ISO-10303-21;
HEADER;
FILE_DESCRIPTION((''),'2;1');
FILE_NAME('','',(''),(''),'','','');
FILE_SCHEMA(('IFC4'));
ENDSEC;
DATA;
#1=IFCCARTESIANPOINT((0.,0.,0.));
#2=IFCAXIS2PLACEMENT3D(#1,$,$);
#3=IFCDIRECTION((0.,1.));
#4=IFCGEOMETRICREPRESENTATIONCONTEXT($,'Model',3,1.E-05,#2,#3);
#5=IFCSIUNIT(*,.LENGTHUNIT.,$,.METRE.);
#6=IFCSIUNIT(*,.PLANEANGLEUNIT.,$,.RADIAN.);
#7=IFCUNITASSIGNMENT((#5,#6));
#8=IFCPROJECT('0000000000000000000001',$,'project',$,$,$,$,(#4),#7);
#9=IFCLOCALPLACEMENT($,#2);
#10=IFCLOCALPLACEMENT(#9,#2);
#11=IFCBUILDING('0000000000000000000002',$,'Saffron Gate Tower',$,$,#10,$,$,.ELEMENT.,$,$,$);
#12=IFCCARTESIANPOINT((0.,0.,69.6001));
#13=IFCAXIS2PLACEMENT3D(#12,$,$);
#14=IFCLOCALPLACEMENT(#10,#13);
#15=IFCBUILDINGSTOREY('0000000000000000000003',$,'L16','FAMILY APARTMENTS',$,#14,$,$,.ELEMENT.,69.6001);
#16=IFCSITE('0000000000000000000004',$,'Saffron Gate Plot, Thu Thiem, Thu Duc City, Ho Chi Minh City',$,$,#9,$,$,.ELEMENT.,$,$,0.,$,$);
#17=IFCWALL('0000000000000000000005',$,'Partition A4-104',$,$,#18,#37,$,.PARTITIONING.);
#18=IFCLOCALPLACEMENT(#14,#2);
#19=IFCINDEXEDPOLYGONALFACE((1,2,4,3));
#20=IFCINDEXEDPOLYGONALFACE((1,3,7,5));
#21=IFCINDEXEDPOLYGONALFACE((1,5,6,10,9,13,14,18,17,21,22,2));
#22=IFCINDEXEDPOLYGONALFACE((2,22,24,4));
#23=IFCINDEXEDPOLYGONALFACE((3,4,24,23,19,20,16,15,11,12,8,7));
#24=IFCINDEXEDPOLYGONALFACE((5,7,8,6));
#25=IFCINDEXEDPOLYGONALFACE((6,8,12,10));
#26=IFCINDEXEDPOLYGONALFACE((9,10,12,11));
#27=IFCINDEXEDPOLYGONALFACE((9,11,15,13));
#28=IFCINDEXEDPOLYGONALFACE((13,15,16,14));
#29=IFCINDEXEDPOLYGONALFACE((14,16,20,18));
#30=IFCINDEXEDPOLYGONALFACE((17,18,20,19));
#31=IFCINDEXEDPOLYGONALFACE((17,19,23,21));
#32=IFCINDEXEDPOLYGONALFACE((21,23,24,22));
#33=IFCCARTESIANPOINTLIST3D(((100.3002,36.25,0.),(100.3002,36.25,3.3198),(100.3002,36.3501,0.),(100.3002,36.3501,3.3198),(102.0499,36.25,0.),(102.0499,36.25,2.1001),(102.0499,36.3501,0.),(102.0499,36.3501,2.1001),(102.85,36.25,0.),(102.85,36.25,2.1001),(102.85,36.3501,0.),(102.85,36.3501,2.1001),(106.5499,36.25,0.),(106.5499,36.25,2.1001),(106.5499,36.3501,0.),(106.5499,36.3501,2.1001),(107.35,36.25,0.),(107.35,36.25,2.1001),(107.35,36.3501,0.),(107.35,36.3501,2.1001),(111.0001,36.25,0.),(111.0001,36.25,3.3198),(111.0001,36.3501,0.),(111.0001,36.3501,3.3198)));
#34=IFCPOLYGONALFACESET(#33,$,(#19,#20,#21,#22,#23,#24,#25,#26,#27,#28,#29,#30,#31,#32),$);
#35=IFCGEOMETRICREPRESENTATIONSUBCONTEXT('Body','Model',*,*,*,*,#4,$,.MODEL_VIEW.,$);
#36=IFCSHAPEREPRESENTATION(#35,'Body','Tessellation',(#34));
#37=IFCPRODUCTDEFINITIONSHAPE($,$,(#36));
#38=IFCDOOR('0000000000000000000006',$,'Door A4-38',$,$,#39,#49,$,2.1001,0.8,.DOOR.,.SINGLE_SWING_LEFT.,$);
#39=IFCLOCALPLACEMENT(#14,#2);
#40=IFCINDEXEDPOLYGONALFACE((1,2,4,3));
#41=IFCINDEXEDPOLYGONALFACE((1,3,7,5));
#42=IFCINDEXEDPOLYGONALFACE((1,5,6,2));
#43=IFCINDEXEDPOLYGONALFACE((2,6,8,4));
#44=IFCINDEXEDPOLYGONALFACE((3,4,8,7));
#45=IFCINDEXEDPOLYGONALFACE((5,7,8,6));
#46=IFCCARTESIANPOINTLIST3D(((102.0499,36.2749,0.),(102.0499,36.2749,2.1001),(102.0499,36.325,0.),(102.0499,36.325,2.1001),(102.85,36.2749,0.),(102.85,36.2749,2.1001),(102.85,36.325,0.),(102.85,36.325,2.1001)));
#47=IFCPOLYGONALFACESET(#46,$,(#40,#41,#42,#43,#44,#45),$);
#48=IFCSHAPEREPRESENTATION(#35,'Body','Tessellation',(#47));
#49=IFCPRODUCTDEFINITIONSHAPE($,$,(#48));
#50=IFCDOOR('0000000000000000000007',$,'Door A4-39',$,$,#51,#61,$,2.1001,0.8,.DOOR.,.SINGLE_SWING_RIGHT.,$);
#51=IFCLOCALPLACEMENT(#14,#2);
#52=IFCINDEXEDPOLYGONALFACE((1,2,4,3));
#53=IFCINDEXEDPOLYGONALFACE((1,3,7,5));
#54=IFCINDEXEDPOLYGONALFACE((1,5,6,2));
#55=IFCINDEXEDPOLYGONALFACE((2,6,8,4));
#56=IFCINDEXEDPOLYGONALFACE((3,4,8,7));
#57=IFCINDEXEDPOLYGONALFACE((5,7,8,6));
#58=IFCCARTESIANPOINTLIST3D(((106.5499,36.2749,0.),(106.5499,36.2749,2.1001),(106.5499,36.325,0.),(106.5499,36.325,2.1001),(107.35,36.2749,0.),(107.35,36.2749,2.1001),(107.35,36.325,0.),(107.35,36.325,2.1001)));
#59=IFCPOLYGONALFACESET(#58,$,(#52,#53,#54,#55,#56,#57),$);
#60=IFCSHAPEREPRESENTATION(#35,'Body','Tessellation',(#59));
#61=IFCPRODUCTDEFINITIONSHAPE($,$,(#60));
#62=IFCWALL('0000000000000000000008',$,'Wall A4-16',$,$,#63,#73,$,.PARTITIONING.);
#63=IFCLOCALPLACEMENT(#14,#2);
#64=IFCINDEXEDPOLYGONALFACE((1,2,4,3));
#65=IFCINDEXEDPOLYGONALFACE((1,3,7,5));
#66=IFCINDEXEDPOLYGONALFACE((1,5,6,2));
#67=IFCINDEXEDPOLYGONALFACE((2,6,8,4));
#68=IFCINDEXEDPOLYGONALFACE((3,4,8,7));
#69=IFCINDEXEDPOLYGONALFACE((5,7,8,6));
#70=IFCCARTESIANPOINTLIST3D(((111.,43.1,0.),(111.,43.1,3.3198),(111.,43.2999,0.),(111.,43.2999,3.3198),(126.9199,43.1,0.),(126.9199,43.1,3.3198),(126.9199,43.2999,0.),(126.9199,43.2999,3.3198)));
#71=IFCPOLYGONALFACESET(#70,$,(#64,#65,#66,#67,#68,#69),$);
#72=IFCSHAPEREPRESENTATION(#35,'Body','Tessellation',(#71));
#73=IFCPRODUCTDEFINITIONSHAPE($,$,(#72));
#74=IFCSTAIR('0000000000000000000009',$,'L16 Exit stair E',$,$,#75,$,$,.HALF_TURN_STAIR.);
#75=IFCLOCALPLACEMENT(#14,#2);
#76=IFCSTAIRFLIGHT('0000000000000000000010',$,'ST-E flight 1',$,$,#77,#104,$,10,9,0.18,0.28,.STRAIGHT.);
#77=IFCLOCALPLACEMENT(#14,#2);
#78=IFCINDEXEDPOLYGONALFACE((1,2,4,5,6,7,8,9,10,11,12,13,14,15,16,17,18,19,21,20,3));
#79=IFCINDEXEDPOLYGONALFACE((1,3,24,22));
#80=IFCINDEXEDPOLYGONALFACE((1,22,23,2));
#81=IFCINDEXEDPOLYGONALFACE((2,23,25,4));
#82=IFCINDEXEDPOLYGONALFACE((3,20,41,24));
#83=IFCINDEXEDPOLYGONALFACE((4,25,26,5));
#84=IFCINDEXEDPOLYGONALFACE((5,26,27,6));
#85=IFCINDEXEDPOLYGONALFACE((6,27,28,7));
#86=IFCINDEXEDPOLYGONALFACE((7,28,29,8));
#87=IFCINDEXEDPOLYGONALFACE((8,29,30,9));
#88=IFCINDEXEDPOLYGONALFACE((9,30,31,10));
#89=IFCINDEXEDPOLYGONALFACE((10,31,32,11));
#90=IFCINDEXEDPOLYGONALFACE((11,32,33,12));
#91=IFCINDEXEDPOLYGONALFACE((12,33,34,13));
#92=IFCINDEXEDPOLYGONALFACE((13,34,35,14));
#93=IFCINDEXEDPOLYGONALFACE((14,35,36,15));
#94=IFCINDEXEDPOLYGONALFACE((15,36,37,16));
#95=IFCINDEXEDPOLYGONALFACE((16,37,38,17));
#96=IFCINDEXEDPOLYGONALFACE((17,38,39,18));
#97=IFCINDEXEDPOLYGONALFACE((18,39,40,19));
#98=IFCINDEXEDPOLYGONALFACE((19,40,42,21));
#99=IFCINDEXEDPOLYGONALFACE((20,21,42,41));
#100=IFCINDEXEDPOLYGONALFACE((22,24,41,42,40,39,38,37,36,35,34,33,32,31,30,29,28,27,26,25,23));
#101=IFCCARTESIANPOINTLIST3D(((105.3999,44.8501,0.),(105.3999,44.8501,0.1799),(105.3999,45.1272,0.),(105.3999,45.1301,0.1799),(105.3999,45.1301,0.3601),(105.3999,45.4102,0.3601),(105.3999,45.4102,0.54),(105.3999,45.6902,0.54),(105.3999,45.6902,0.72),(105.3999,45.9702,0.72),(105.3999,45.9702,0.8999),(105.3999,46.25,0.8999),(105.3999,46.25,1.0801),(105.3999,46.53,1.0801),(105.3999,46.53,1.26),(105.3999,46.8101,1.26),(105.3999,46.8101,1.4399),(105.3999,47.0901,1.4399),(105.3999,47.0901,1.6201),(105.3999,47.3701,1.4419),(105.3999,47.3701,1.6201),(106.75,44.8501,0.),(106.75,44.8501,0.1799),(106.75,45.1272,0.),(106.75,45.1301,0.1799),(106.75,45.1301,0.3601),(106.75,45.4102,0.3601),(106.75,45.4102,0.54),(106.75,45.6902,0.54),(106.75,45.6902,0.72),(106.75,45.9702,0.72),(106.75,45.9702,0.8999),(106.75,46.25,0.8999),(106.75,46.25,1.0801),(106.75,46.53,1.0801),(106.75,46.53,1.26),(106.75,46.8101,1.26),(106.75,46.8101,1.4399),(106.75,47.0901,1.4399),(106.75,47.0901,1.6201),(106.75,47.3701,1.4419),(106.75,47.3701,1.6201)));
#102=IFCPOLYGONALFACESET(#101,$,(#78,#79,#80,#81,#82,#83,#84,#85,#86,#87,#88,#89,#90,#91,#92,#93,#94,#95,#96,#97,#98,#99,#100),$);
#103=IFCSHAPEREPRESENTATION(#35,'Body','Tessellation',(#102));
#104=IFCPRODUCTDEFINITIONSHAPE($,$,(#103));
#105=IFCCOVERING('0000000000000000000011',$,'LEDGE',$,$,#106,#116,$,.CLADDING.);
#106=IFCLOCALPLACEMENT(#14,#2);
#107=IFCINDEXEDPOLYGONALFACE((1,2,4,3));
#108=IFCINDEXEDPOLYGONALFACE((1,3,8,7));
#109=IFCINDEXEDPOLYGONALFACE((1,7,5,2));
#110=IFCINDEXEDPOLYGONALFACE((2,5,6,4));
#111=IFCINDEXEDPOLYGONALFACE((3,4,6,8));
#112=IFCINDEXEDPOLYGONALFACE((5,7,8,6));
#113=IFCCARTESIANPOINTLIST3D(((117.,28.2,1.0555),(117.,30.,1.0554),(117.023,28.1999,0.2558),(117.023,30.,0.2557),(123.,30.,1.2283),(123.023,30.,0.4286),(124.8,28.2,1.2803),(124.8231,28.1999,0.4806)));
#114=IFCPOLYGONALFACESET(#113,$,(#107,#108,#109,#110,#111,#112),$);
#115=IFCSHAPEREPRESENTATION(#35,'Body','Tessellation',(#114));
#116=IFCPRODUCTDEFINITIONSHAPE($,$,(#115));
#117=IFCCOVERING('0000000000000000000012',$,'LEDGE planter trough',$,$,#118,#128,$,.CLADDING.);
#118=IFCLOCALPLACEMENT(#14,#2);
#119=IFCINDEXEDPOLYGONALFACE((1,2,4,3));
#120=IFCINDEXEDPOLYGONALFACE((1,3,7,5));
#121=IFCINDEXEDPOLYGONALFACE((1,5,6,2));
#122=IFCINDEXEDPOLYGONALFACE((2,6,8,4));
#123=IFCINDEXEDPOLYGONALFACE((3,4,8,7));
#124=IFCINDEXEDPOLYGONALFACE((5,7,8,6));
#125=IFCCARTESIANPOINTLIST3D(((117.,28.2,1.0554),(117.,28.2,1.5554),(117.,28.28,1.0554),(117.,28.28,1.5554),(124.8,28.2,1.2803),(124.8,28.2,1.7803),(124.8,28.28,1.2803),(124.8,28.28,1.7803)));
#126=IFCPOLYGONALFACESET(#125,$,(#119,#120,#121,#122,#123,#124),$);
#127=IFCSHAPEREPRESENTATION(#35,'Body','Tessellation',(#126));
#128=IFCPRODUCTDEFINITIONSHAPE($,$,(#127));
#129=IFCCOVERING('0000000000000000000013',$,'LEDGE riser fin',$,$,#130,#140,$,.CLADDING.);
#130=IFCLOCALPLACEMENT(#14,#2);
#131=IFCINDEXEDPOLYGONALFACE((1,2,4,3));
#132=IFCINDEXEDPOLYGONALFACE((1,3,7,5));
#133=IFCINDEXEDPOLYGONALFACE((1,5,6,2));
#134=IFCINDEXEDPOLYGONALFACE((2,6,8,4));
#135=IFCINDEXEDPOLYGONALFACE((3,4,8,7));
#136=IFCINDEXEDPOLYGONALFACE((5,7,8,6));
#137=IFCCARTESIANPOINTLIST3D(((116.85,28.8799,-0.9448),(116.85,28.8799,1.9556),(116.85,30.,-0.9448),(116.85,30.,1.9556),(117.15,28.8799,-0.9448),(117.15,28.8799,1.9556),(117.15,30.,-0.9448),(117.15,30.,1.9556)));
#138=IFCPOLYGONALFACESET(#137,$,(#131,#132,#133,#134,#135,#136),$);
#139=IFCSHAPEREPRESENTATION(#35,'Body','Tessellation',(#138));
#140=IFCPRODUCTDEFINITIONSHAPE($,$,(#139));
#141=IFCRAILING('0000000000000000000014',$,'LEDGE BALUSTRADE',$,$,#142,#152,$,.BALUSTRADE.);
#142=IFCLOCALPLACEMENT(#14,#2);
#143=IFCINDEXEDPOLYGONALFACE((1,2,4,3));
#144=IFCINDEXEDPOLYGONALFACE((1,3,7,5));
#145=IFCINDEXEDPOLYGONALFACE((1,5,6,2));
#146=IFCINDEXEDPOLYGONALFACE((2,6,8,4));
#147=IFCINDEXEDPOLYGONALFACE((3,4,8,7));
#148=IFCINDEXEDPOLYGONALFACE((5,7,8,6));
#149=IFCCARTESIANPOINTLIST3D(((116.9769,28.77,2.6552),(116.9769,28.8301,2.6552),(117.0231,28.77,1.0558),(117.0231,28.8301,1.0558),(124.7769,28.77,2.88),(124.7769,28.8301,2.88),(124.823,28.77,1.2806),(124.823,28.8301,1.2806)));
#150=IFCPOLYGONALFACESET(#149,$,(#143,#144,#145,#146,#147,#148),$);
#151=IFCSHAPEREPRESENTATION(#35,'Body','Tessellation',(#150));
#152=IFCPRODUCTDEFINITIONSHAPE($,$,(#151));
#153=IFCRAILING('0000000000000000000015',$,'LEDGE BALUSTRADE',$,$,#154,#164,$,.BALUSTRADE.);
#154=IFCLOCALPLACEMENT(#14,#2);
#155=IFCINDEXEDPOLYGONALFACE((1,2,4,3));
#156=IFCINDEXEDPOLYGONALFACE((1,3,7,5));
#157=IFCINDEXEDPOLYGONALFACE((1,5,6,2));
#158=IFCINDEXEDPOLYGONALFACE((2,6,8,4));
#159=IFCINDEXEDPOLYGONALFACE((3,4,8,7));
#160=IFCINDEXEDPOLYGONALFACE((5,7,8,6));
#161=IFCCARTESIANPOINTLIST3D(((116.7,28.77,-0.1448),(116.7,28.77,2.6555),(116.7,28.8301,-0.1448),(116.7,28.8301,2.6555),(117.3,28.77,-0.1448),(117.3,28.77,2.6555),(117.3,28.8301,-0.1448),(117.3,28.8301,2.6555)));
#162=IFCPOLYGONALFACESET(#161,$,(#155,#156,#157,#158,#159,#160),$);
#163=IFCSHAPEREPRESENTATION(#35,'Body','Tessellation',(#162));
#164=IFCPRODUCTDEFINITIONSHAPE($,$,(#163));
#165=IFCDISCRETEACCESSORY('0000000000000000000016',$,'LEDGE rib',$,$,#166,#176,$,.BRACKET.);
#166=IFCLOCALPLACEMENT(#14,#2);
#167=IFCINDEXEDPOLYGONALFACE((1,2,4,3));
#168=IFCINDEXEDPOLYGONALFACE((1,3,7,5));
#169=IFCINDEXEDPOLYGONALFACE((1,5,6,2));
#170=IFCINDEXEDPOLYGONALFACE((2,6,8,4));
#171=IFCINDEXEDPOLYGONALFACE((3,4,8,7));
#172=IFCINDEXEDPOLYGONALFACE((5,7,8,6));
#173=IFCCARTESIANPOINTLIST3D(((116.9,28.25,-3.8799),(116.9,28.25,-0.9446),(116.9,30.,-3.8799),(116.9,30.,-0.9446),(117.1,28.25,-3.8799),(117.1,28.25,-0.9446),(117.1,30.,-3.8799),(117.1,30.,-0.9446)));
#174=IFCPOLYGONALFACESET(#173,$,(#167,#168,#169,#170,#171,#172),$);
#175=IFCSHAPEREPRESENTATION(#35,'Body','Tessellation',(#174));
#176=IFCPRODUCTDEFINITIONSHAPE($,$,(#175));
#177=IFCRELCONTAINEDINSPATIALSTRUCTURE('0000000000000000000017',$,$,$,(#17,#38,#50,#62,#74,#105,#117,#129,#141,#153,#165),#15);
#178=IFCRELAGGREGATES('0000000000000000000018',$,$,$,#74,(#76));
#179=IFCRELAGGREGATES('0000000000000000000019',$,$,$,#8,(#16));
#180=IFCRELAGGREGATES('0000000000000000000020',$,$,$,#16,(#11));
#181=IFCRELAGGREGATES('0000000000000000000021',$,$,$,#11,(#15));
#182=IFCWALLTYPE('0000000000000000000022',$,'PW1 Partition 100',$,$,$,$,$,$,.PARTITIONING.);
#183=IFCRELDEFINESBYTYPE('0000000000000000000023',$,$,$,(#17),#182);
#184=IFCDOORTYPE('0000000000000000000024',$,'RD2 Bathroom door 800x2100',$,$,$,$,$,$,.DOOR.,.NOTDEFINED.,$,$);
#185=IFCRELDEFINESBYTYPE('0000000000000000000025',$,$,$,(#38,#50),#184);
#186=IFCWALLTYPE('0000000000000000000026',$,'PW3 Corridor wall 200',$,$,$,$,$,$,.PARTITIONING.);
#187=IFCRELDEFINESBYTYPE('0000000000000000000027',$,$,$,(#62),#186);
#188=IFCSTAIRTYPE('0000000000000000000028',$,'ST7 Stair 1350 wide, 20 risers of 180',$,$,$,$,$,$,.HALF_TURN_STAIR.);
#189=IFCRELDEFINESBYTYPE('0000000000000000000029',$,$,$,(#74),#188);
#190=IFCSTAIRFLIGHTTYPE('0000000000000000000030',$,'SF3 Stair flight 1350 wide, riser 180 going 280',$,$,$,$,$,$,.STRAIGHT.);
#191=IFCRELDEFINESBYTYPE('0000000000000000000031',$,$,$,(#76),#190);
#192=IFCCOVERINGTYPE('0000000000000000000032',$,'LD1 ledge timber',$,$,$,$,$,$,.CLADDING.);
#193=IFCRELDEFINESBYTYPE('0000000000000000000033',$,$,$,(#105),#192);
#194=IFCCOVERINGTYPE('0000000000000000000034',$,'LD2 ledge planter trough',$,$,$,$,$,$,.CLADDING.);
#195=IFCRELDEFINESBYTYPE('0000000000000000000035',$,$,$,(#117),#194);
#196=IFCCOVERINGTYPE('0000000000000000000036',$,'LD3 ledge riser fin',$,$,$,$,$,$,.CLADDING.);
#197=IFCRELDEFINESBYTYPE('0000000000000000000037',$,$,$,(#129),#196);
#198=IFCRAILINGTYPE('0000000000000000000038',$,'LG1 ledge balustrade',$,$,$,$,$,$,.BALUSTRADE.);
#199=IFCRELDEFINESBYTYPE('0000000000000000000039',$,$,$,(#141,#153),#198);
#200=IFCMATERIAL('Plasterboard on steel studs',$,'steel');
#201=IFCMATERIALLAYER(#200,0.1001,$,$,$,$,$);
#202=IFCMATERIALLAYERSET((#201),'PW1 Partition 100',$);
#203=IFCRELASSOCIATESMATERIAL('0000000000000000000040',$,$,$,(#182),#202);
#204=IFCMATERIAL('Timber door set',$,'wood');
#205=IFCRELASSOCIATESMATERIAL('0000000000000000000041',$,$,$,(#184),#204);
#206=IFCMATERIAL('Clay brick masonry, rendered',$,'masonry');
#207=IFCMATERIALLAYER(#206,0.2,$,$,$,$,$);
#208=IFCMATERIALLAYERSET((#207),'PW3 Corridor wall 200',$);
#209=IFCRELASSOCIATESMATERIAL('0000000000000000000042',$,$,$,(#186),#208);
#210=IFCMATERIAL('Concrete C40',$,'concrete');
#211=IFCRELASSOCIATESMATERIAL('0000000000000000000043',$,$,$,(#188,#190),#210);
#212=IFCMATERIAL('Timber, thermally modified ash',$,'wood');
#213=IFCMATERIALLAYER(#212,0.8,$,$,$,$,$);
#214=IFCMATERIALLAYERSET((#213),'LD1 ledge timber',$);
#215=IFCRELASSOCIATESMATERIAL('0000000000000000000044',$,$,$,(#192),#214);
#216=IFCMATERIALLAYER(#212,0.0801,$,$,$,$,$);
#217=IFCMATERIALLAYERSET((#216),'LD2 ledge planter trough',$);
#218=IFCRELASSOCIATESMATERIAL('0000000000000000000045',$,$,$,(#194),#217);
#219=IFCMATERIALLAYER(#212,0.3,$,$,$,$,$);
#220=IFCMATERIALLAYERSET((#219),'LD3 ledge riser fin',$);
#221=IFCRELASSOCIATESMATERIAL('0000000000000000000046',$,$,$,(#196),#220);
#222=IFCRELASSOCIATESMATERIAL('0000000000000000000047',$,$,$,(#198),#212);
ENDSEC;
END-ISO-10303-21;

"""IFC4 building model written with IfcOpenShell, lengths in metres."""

from ifc_helpers import new_model, si_unit, direction, frame, frame_2d, origin, origin_2d, place, context, subcontext, project, spatial, polyline, rectangle, outline, extrude, material, layer, layer_set, type_object, element, fill, aggregate, save


model = new_model("IFC4")

# Units and contexts
model_context = context("Model", 3, precision=1e-05, world=origin(), true_north=direction((0.0, 1.0)))
body_context = subcontext(model_context, "Body", "Model", "MODEL_VIEW")
ifc_project = project(units=[si_unit("LENGTHUNIT", "METRE"), si_unit("PLANEANGLEUNIT", "RADIAN")], contexts=[model_context])

# Site, building, storey
site_placement = place(None, origin())
site = spatial("IfcSite", under=ifc_project, at=site_placement, Name="Saffron Gate Plot, Thu Thiem, Thu Duc City, Ho Chi Minh City", CompositionType="ELEMENT", RefElevation=0.0)
building_placement = place(site_placement, origin())
building = spatial("IfcBuilding", under=site, at=building_placement, Name="Saffron Gate Tower", CompositionType="ELEMENT")
storey_placement = place(building_placement, frame((0.0, 0.0, 69.6001)))
storey = spatial("IfcBuildingStorey", under=building, at=storey_placement, Name="L16", Description="FAMILY APARTMENTS", CompositionType="ELEMENT", Elevation=69.6001)

# Shared definitions
ifc_material_1 = material(Name="Plasterboard on steel studs", Category="steel")
ifc_layer_1 = layer(ifc_material_1, 0.1001)
ifc_layer_set_1 = layer_set([ifc_layer_1], Name="PW1 Partition 100")
wall_type_1 = type_object("IfcWallType", Name="PW1 Partition 100", PredefinedType="PARTITIONING", material=ifc_layer_set_1)

# Shared definitions
ifc_material_2 = material(Name="Timber door set", Category="wood")

# Wall, openings, doors
wall_1_placement = place(storey_placement, frame((100.3, 36.3, 0.0), z_axis=(0.0, 0.0, 1.0), x_axis=(1.0, 0.0, 0.0)))
wall_1 = element("IfcWall", 1, at=wall_1_placement, inside=storey, type_object=wall_type_1, Name="Partition A4-104", PredefinedType="PARTITIONING", context=body_context, shape_type="SweptSolid", body=[
    extrude(rectangle(XDim=10.7, YDim=0.1001, at=frame_2d((5.3501, 0.0))), origin(), (0.0, 0.0, 1.0), 3.3198),
])
opening_1_placement = place(wall_1_placement, frame((1.75, 0.0, 0.0)))
opening_1 = element("IfcOpeningElement", 2, at=opening_1_placement, cuts=wall_1, PredefinedType="OPENING", context=body_context, shape_type="SweptSolid", body=[
    extrude(rectangle(XDim=0.8, YDim=2.1001, at=frame_2d((0.3999, 1.05))), frame((0.0, 0.0601, 0.0), z_axis=(0.0, -1.0, 0.0), x_axis=(1.0, 0.0, 0.0)), (0.0, 0.0, 1.0), 0.1201),
])
opening_2_placement = place(wall_1_placement, frame((6.25, 0.0, 0.0)))
opening_2 = element("IfcOpeningElement", 3, at=opening_2_placement, cuts=wall_1, PredefinedType="OPENING", context=body_context, shape_type="SweptSolid", body=[
    extrude(rectangle(XDim=0.8, YDim=2.1001, at=frame_2d((0.3999, 1.05))), frame((0.0, 0.0601, 0.0), z_axis=(0.0, -1.0, 0.0), x_axis=(1.0, 0.0, 0.0)), (0.0, 0.0, 1.0), 0.1201),
])
door_type_1 = type_object("IfcDoorType", Name="RD2 Bathroom door 800x2100", OperationType="NOTDEFINED", PredefinedType="DOOR", material=ifc_material_2)
door_1_placement = place(opening_1_placement, origin())
door_1 = element("IfcDoor", 4, at=door_1_placement, inside=storey, type_object=door_type_1, Name="Door A4-38", OperationType="SINGLE_SWING_LEFT", OverallHeight=2.1001, OverallWidth=0.8, PredefinedType="DOOR", context=body_context, shape_type="SweptSolid", body=[
    extrude(rectangle(XDim=0.8, YDim=2.1001, at=frame_2d((0.3999, 1.05))), frame((0.0, 0.0249, 0.0), z_axis=(0.0, -1.0, 0.0), x_axis=(1.0, 0.0, 0.0)), (0.0, 0.0, 1.0), 0.05),
])
fill(opening_1, door_1)
door_2_placement = place(opening_2_placement, origin())
door_2 = element("IfcDoor", 5, at=door_2_placement, inside=storey, type_object=door_type_1, Name="Door A4-39", OperationType="SINGLE_SWING_RIGHT", OverallHeight=2.1001, OverallWidth=0.8, PredefinedType="DOOR", context=body_context, shape_type="SweptSolid", body=[
    extrude(rectangle(XDim=0.8, YDim=2.1001, at=frame_2d((0.3999, 1.05))), frame((0.0, 0.0249, 0.0), z_axis=(0.0, -1.0, 0.0), x_axis=(1.0, 0.0, 0.0)), (0.0, 0.0, 1.0), 0.05),
])
fill(opening_2, door_2)

# Wall
ifc_material_3 = material(Name="Clay brick masonry, rendered", Category="masonry")
ifc_layer_2 = layer(ifc_material_3, 0.2)
ifc_layer_set_2 = layer_set([ifc_layer_2], Name="PW3 Corridor wall 200")
wall_type_2 = type_object("IfcWallType", Name="PW3 Corridor wall 200", PredefinedType="PARTITIONING", material=ifc_layer_set_2)
wall_2_placement = place(storey_placement, frame((111.0, 43.2, 0.0), z_axis=(0.0, 0.0, 1.0), x_axis=(1.0, 0.0, 0.0)))
element("IfcWall", 6, at=wall_2_placement, inside=storey, type_object=wall_type_2, Name="Wall A4-16", PredefinedType="PARTITIONING", context=body_context, shape_type="SweptSolid", body=[
    extrude(rectangle(XDim=15.9199, YDim=0.2, at=frame_2d((7.96, 0.0))), origin(), (0.0, 0.0, 1.0), 3.3198),
])

# Stair, stair flight
ifc_material_4 = material(Name="Concrete C40", Category="concrete")
stair_type = type_object("IfcStairType", Name="ST7 Stair 1350 wide, 20 risers of 180", PredefinedType="HALF_TURN_STAIR", material=ifc_material_4)
stair_placement = place(storey_placement, origin())
stair = element("IfcStair", 7, at=stair_placement, inside=storey, type_object=stair_type, Name="L16 Exit stair E", PredefinedType="HALF_TURN_STAIR")
stair_flight_type = type_object("IfcStairFlightType", Name="SF3 Stair flight 1350 wide, riser 180 going 280", PredefinedType="STRAIGHT", material=ifc_material_4)
stair_flight_placement = place(storey_placement, frame((106.075, 44.8501, 0.0), z_axis=(0.0, 0.0, 1.0), x_axis=(0.0, 1.0, 0.0)))
stair_flight = element("IfcStairFlight", 8, at=stair_flight_placement, type_object=stair_flight_type, Name="ST-E flight 1", NumberOfRisers=10, NumberOfTreads=9, PredefinedType="STRAIGHT", RiserHeight=0.18, TreadLength=0.28, context=body_context, shape_type="SweptSolid", body=[
    extrude(outline(polyline([(0.0, 0.0), (0.0, 0.1799), (0.28, 0.1799), (0.28, 0.3601), (0.5601, 0.3601), (0.5601, 0.54), (0.8401, 0.54), (0.8401, 0.72), (1.1201, 0.72), (1.1201, 0.8999), (1.3999, 0.8999), (1.3999, 1.0801), (1.6799, 1.0801), (1.6799, 1.26), (1.96, 1.26), (1.96, 1.4399), (2.24, 1.4399), (2.24, 1.6201), (2.52, 1.6201), (2.52, 1.8), (2.52, 1.4419), (0.2771, 0.0), (0.0, 0.0)])), frame((0.0, 0.675, 0.0), z_axis=(0.0, -1.0, 0.0), x_axis=(1.0, 0.0, 0.0)), (0.0, 0.0, 1.0), 1.3501),
])
aggregate(stair, [stair_flight])

# Coverings
ifc_material_5 = material(Name="Timber, thermally modified ash", Category="wood")
ifc_layer_3 = layer(ifc_material_5, 0.8)
ifc_layer_set_3 = layer_set([ifc_layer_3], Name="LD1 ledge timber")
covering_type_1 = type_object("IfcCoveringType", Name="LD1 ledge timber", PredefinedType="CLADDING", material=ifc_layer_set_3)
covering_1_placement = place(storey_placement, frame((117.0, 30.0, 1.0554), z_axis=(-0.028807, 0.000035, 0.999585), x_axis=(0.999585, 0.0, 0.028807)))
element("IfcCovering", 9, at=covering_1_placement, inside=storey, type_object=covering_type_1, Name="LEDGE", PredefinedType="CLADDING", context=body_context, shape_type="SweptSolid", body=[
    extrude(outline(polyline([(0.0, 0.0), (6.0025, 0.0), (7.8033, -1.8), (0.0, -1.8), (0.0, 0.0)])), origin(), (0.0, 0.0, -1.0), 0.8),
])
ifc_layer_4 = layer(ifc_material_5, 0.0801)
ifc_layer_set_4 = layer_set([ifc_layer_4], Name="LD2 ledge planter trough")
covering_type_2 = type_object("IfcCoveringType", Name="LD2 ledge planter trough", PredefinedType="CLADDING", material=ifc_layer_set_4)
covering_2_placement = place(storey_placement, frame((117.0, 28.2, 1.0554), z_axis=(0.0, -1.0, 0.0), x_axis=(0.999585, 0.0, 0.028815)))
element("IfcCovering", 10, at=covering_2_placement, inside=storey, type_object=covering_type_2, Name="LEDGE planter trough", PredefinedType="CLADDING", context=body_context, shape_type="SweptSolid", body=[
    extrude(outline(polyline([(0.0, 0.0), (7.8033, 0.0), (7.8177, 0.4998), (0.0144, 0.4998), (0.0, 0.0)])), origin(), (0.0, 0.0, -1.0), 0.0801),
])
ifc_layer_5 = layer(ifc_material_5, 0.3)
ifc_layer_set_5 = layer_set([ifc_layer_5], Name="LD3 ledge riser fin")
covering_type_3 = type_object("IfcCoveringType", Name="LD3 ledge riser fin", PredefinedType="CLADDING", material=ifc_layer_set_5)
covering_3_placement = place(storey_placement, frame((117.0, 29.4399, -0.9448), z_axis=(0.0, 0.0, 1.0), x_axis=(1.0, 0.0, 0.0)))
element("IfcCovering", 11, at=covering_3_placement, inside=storey, type_object=covering_type_3, Name="LEDGE riser fin", PredefinedType="CLADDING", context=body_context, shape_type="SweptSolid", body=[
    extrude(rectangle(XDim=0.3, YDim=1.1201, at=origin_2d()), origin(), (0.0, 0.0, 1.0), 2.9004),
])

# Railings
railing_type_1 = type_object("IfcRailingType", Name="LG1 ledge balustrade", PredefinedType="BALUSTRADE", material=ifc_material_5)
railing_1_placement = place(storey_placement, frame((117.0, 28.8, 1.0554)))
element("IfcRailing", 12, at=railing_1_placement, inside=storey, type_object=railing_type_1, Name="LEDGE BALUSTRADE", PredefinedType="BALUSTRADE", context=body_context, shape_type="SweptSolid", body=[
    extrude(rectangle(XDim=0.0601, YDim=1.6001, at=origin_2d()), frame((0.0, 0.0, 0.8), z_axis=(0.999585, 0.0, 0.028815), x_axis=(0.0, 1.0, 0.0)), (0.0, 0.0, 1.0), 7.8032),
])
railing_2_placement = place(storey_placement, frame((116.7, 28.8, -0.1448)))
element("IfcRailing", 13, at=railing_2_placement, inside=storey, type_object=railing_type_1, Name="LEDGE BALUSTRADE", PredefinedType="BALUSTRADE", context=body_context, shape_type="SweptSolid", body=[
    extrude(rectangle(XDim=0.0601, YDim=2.8003, at=origin_2d()), frame((0.0, 0.0, 1.4001), z_axis=(1.0, 0.0, 0.0), x_axis=(0.0, 1.0, 0.0)), (0.0, 0.0, 1.0), 0.6001),
])

# Discrete accessory
discrete_accessory_placement = place(storey_placement, frame((117.0, 29.125, -3.8799), z_axis=(0.0, 0.0, 1.0), x_axis=(1.0, 0.0, 0.0)))
element("IfcDiscreteAccessory", 14, at=discrete_accessory_placement, inside=storey, Name="LEDGE rib", PredefinedType="BRACKET", context=body_context, shape_type="SweptSolid", body=[
    extrude(rectangle(XDim=0.2, YDim=1.75, at=origin_2d()), origin(), (0.0, 0.0, 1.0), 2.9353),
])

save(model, "model.ifc")
